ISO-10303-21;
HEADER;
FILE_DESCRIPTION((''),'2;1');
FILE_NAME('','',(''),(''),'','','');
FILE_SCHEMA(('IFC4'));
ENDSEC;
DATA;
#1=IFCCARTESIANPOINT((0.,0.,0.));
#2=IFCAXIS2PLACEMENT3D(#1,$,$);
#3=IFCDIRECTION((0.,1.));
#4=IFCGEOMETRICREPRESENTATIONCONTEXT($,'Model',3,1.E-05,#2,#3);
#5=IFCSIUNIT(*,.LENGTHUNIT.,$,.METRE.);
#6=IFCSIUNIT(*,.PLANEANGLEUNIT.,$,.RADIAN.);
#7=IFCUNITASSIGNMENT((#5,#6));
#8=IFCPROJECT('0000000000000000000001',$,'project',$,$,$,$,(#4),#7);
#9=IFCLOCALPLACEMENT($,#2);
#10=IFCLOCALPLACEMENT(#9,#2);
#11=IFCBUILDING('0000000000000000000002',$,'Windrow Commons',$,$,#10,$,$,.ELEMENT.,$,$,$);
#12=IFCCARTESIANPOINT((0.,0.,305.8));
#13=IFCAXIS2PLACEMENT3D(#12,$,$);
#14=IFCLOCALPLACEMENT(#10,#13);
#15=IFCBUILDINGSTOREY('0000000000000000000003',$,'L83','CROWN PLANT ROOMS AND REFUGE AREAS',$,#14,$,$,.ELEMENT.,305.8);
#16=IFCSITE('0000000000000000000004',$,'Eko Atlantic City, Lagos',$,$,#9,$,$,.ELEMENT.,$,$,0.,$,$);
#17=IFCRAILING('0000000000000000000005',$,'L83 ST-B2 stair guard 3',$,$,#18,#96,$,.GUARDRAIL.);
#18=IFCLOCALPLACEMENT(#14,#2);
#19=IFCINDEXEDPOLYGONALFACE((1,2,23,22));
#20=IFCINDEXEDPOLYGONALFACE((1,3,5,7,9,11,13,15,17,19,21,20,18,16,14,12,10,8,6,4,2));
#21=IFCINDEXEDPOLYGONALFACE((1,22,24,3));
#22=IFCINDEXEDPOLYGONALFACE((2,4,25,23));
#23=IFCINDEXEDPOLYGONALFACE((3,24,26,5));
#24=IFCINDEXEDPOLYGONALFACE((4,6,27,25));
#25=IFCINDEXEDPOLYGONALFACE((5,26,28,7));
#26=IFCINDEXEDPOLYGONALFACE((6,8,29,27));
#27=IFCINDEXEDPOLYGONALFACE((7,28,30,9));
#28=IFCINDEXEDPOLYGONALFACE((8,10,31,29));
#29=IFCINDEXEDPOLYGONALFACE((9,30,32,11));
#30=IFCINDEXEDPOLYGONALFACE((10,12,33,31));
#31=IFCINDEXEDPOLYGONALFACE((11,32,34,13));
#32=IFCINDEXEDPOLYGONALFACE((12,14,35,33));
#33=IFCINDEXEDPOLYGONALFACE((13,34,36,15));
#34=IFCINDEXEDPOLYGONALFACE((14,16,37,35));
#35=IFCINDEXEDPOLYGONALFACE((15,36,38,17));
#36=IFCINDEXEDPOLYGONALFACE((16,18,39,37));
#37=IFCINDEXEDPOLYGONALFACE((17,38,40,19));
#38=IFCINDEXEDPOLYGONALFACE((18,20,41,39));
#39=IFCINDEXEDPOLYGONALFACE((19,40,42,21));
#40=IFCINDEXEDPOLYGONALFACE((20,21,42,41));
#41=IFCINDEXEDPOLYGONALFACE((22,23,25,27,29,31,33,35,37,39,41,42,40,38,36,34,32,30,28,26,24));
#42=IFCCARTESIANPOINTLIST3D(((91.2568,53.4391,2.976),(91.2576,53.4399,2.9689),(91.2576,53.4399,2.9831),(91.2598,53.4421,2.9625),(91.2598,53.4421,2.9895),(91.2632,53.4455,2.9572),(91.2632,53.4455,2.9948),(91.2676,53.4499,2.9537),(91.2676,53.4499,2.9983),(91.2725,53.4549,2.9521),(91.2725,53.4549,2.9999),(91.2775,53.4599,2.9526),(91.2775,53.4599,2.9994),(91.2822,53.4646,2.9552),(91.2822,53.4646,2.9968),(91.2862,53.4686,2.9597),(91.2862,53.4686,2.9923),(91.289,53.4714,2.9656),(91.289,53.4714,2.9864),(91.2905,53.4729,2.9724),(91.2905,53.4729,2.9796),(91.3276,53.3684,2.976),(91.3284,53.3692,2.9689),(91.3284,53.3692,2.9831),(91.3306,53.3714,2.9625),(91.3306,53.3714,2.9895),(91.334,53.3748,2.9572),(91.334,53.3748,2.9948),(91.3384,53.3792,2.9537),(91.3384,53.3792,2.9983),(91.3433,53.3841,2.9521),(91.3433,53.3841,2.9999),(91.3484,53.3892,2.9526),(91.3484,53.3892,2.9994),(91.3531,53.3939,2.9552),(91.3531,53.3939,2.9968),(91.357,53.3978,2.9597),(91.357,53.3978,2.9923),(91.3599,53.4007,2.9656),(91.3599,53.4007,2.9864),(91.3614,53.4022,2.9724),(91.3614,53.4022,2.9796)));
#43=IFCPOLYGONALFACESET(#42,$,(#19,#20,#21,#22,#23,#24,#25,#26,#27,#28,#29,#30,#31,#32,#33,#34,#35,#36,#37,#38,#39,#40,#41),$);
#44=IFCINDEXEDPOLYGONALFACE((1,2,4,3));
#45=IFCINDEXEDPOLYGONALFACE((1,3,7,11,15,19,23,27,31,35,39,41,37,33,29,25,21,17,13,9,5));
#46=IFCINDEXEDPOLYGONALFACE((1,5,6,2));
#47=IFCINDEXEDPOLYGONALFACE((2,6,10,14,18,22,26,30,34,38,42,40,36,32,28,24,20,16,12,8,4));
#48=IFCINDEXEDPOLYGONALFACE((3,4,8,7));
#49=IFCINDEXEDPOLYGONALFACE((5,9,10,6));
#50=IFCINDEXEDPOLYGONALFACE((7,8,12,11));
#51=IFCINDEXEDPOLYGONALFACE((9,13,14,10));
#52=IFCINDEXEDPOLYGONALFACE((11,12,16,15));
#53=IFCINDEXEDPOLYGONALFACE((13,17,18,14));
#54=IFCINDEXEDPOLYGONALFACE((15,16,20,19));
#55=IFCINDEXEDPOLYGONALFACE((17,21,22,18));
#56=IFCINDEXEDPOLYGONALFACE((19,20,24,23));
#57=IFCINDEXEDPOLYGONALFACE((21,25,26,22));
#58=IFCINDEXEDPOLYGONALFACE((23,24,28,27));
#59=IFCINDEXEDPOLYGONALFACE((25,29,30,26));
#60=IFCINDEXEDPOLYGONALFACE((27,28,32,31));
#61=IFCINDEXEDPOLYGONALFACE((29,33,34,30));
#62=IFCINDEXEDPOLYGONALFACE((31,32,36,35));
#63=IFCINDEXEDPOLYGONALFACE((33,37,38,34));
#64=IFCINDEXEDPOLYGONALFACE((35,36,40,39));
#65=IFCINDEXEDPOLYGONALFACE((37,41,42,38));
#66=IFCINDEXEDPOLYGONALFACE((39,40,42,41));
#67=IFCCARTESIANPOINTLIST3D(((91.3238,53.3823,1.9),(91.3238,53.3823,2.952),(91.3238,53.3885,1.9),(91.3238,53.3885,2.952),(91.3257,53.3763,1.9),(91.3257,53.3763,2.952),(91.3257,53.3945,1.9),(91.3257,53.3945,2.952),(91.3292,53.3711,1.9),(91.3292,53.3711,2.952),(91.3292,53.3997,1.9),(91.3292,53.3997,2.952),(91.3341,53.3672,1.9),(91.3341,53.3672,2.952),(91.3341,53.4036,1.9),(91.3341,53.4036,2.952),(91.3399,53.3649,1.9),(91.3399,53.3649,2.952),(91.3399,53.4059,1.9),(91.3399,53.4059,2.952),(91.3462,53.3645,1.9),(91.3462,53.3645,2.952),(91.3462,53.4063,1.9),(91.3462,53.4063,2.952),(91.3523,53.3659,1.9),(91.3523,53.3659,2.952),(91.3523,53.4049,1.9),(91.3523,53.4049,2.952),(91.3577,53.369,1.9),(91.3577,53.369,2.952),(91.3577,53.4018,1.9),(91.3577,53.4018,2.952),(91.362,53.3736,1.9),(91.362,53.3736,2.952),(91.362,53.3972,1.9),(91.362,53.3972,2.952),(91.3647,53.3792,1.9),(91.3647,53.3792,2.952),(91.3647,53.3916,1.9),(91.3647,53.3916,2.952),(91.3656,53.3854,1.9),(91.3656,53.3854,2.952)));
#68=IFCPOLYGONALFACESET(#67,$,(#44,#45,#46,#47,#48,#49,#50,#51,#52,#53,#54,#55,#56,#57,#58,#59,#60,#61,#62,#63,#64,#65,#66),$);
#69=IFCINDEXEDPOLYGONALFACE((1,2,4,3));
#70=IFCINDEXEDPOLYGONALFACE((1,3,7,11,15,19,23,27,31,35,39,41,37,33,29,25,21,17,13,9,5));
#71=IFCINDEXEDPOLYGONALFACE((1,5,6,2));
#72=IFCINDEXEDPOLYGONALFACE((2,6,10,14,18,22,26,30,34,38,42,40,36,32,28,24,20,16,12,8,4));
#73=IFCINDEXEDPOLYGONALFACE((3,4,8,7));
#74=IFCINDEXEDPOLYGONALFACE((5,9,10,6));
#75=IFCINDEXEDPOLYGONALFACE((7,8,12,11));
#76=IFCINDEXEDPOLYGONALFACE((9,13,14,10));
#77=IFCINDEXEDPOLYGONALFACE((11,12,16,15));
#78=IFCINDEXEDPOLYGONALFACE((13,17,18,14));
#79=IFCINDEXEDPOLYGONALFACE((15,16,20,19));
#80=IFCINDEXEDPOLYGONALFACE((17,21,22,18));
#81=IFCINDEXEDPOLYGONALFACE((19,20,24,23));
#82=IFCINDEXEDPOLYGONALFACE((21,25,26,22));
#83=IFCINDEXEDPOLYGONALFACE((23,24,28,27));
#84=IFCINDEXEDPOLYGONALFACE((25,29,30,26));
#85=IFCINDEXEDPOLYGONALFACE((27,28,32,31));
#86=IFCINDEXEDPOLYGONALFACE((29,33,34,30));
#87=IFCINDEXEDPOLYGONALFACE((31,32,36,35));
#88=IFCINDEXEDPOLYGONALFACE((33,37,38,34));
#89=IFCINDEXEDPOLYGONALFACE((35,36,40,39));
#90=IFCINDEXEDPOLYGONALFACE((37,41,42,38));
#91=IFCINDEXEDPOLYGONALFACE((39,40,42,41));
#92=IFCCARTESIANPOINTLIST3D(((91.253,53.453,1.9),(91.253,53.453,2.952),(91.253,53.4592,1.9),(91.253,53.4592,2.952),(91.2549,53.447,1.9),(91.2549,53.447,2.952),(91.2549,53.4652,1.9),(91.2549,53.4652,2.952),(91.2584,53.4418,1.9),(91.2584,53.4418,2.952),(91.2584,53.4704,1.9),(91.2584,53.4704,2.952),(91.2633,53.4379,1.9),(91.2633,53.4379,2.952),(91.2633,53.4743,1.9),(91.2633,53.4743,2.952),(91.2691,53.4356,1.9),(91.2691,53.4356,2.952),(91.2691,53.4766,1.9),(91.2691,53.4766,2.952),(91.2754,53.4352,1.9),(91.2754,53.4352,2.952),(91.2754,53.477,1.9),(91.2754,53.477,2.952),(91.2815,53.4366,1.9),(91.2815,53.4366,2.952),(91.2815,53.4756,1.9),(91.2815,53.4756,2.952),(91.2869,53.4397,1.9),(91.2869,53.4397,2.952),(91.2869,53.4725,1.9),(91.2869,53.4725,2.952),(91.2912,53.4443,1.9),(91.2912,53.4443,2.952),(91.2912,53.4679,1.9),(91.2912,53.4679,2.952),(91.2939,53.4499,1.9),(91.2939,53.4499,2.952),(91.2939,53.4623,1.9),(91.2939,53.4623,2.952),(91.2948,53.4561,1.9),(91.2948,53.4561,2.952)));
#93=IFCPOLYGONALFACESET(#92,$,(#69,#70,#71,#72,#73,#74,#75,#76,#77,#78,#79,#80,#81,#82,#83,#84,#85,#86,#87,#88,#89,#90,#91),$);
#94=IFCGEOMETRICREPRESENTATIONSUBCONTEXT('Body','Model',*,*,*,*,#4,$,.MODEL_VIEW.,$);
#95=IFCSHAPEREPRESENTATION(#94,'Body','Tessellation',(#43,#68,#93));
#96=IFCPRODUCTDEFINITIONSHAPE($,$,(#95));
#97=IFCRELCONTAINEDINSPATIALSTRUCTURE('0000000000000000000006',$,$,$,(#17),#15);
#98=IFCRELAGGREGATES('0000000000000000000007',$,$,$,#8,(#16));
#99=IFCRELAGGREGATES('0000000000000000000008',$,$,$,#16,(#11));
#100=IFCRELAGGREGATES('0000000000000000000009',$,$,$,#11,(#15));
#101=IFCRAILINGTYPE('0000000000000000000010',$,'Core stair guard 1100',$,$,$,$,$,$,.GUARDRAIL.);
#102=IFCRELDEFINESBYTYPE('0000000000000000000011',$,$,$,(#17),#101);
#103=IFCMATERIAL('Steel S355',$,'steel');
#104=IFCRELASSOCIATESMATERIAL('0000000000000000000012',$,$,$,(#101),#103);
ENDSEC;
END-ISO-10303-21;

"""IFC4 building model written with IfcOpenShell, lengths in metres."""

from ifc_helpers import new_model, si_unit, direction, frame, origin, origin_2d, place, context, subcontext, project, spatial, circle, extrude, material, type_object, element, save


model = new_model("IFC4")

# Units and contexts
model_context = context("Model", 3, precision=1e-05, world=origin(), true_north=direction((0.0, 1.0)))
body_context = subcontext(model_context, "Body", "Model", "MODEL_VIEW")
ifc_project = project(units=[si_unit("LENGTHUNIT", "METRE"), si_unit("PLANEANGLEUNIT", "RADIAN")], contexts=[model_context])

# Site, building, storey
site_placement = place(None, origin())
site = spatial("IfcSite", under=ifc_project, at=site_placement, Name="Eko Atlantic City, Lagos", CompositionType="ELEMENT", RefElevation=0.0)
building_placement = place(site_placement, origin())
building = spatial("IfcBuilding", under=site, at=building_placement, Name="Windrow Commons", CompositionType="ELEMENT")
storey_placement = place(building_placement, frame((0.0, 0.0, 305.8)))
storey = spatial("IfcBuildingStorey", under=building, at=storey_placement, Name="L83", Description="CROWN PLANT ROOMS AND REFUGE AREAS", CompositionType="ELEMENT", Elevation=305.8)

# Railing
ifc_material_1 = material(Name="Steel S355", Category="steel")
railing_type = type_object("IfcRailingType", Name="Core stair guard 1100", PredefinedType="GUARDRAIL", material=ifc_material_1)
railing_1_placement = place(storey_placement, frame((91.3446, 53.3854, 1.9)))
element("IfcRailing", 1, at=railing_1_placement, inside=storey, type_object=railing_type, Name="L83 ST-B2 stair guard 3", PredefinedType="GUARDRAIL", context=body_context, shape_type="SweptSolid", body=[
    extrude(circle(Radius=0.024, at=origin_2d()), frame((0.0, 0.0, 1.076), z_axis=(-0.707606, 0.706607, 0.0), x_axis=(-0.706607, -0.707606, 0.0)), (0.0, 0.0, 1.0), 0.1001),
    extrude(circle(Radius=0.021, at=origin_2d()), origin(), (0.0, 0.0, 1.0), 1.052),
    extrude(circle(Radius=0.021, at=origin_2d()), frame((-0.0708, 0.0707, 0.0)), (0.0, 0.0, 1.0), 1.052),
])

save(model, "model.ifc")
